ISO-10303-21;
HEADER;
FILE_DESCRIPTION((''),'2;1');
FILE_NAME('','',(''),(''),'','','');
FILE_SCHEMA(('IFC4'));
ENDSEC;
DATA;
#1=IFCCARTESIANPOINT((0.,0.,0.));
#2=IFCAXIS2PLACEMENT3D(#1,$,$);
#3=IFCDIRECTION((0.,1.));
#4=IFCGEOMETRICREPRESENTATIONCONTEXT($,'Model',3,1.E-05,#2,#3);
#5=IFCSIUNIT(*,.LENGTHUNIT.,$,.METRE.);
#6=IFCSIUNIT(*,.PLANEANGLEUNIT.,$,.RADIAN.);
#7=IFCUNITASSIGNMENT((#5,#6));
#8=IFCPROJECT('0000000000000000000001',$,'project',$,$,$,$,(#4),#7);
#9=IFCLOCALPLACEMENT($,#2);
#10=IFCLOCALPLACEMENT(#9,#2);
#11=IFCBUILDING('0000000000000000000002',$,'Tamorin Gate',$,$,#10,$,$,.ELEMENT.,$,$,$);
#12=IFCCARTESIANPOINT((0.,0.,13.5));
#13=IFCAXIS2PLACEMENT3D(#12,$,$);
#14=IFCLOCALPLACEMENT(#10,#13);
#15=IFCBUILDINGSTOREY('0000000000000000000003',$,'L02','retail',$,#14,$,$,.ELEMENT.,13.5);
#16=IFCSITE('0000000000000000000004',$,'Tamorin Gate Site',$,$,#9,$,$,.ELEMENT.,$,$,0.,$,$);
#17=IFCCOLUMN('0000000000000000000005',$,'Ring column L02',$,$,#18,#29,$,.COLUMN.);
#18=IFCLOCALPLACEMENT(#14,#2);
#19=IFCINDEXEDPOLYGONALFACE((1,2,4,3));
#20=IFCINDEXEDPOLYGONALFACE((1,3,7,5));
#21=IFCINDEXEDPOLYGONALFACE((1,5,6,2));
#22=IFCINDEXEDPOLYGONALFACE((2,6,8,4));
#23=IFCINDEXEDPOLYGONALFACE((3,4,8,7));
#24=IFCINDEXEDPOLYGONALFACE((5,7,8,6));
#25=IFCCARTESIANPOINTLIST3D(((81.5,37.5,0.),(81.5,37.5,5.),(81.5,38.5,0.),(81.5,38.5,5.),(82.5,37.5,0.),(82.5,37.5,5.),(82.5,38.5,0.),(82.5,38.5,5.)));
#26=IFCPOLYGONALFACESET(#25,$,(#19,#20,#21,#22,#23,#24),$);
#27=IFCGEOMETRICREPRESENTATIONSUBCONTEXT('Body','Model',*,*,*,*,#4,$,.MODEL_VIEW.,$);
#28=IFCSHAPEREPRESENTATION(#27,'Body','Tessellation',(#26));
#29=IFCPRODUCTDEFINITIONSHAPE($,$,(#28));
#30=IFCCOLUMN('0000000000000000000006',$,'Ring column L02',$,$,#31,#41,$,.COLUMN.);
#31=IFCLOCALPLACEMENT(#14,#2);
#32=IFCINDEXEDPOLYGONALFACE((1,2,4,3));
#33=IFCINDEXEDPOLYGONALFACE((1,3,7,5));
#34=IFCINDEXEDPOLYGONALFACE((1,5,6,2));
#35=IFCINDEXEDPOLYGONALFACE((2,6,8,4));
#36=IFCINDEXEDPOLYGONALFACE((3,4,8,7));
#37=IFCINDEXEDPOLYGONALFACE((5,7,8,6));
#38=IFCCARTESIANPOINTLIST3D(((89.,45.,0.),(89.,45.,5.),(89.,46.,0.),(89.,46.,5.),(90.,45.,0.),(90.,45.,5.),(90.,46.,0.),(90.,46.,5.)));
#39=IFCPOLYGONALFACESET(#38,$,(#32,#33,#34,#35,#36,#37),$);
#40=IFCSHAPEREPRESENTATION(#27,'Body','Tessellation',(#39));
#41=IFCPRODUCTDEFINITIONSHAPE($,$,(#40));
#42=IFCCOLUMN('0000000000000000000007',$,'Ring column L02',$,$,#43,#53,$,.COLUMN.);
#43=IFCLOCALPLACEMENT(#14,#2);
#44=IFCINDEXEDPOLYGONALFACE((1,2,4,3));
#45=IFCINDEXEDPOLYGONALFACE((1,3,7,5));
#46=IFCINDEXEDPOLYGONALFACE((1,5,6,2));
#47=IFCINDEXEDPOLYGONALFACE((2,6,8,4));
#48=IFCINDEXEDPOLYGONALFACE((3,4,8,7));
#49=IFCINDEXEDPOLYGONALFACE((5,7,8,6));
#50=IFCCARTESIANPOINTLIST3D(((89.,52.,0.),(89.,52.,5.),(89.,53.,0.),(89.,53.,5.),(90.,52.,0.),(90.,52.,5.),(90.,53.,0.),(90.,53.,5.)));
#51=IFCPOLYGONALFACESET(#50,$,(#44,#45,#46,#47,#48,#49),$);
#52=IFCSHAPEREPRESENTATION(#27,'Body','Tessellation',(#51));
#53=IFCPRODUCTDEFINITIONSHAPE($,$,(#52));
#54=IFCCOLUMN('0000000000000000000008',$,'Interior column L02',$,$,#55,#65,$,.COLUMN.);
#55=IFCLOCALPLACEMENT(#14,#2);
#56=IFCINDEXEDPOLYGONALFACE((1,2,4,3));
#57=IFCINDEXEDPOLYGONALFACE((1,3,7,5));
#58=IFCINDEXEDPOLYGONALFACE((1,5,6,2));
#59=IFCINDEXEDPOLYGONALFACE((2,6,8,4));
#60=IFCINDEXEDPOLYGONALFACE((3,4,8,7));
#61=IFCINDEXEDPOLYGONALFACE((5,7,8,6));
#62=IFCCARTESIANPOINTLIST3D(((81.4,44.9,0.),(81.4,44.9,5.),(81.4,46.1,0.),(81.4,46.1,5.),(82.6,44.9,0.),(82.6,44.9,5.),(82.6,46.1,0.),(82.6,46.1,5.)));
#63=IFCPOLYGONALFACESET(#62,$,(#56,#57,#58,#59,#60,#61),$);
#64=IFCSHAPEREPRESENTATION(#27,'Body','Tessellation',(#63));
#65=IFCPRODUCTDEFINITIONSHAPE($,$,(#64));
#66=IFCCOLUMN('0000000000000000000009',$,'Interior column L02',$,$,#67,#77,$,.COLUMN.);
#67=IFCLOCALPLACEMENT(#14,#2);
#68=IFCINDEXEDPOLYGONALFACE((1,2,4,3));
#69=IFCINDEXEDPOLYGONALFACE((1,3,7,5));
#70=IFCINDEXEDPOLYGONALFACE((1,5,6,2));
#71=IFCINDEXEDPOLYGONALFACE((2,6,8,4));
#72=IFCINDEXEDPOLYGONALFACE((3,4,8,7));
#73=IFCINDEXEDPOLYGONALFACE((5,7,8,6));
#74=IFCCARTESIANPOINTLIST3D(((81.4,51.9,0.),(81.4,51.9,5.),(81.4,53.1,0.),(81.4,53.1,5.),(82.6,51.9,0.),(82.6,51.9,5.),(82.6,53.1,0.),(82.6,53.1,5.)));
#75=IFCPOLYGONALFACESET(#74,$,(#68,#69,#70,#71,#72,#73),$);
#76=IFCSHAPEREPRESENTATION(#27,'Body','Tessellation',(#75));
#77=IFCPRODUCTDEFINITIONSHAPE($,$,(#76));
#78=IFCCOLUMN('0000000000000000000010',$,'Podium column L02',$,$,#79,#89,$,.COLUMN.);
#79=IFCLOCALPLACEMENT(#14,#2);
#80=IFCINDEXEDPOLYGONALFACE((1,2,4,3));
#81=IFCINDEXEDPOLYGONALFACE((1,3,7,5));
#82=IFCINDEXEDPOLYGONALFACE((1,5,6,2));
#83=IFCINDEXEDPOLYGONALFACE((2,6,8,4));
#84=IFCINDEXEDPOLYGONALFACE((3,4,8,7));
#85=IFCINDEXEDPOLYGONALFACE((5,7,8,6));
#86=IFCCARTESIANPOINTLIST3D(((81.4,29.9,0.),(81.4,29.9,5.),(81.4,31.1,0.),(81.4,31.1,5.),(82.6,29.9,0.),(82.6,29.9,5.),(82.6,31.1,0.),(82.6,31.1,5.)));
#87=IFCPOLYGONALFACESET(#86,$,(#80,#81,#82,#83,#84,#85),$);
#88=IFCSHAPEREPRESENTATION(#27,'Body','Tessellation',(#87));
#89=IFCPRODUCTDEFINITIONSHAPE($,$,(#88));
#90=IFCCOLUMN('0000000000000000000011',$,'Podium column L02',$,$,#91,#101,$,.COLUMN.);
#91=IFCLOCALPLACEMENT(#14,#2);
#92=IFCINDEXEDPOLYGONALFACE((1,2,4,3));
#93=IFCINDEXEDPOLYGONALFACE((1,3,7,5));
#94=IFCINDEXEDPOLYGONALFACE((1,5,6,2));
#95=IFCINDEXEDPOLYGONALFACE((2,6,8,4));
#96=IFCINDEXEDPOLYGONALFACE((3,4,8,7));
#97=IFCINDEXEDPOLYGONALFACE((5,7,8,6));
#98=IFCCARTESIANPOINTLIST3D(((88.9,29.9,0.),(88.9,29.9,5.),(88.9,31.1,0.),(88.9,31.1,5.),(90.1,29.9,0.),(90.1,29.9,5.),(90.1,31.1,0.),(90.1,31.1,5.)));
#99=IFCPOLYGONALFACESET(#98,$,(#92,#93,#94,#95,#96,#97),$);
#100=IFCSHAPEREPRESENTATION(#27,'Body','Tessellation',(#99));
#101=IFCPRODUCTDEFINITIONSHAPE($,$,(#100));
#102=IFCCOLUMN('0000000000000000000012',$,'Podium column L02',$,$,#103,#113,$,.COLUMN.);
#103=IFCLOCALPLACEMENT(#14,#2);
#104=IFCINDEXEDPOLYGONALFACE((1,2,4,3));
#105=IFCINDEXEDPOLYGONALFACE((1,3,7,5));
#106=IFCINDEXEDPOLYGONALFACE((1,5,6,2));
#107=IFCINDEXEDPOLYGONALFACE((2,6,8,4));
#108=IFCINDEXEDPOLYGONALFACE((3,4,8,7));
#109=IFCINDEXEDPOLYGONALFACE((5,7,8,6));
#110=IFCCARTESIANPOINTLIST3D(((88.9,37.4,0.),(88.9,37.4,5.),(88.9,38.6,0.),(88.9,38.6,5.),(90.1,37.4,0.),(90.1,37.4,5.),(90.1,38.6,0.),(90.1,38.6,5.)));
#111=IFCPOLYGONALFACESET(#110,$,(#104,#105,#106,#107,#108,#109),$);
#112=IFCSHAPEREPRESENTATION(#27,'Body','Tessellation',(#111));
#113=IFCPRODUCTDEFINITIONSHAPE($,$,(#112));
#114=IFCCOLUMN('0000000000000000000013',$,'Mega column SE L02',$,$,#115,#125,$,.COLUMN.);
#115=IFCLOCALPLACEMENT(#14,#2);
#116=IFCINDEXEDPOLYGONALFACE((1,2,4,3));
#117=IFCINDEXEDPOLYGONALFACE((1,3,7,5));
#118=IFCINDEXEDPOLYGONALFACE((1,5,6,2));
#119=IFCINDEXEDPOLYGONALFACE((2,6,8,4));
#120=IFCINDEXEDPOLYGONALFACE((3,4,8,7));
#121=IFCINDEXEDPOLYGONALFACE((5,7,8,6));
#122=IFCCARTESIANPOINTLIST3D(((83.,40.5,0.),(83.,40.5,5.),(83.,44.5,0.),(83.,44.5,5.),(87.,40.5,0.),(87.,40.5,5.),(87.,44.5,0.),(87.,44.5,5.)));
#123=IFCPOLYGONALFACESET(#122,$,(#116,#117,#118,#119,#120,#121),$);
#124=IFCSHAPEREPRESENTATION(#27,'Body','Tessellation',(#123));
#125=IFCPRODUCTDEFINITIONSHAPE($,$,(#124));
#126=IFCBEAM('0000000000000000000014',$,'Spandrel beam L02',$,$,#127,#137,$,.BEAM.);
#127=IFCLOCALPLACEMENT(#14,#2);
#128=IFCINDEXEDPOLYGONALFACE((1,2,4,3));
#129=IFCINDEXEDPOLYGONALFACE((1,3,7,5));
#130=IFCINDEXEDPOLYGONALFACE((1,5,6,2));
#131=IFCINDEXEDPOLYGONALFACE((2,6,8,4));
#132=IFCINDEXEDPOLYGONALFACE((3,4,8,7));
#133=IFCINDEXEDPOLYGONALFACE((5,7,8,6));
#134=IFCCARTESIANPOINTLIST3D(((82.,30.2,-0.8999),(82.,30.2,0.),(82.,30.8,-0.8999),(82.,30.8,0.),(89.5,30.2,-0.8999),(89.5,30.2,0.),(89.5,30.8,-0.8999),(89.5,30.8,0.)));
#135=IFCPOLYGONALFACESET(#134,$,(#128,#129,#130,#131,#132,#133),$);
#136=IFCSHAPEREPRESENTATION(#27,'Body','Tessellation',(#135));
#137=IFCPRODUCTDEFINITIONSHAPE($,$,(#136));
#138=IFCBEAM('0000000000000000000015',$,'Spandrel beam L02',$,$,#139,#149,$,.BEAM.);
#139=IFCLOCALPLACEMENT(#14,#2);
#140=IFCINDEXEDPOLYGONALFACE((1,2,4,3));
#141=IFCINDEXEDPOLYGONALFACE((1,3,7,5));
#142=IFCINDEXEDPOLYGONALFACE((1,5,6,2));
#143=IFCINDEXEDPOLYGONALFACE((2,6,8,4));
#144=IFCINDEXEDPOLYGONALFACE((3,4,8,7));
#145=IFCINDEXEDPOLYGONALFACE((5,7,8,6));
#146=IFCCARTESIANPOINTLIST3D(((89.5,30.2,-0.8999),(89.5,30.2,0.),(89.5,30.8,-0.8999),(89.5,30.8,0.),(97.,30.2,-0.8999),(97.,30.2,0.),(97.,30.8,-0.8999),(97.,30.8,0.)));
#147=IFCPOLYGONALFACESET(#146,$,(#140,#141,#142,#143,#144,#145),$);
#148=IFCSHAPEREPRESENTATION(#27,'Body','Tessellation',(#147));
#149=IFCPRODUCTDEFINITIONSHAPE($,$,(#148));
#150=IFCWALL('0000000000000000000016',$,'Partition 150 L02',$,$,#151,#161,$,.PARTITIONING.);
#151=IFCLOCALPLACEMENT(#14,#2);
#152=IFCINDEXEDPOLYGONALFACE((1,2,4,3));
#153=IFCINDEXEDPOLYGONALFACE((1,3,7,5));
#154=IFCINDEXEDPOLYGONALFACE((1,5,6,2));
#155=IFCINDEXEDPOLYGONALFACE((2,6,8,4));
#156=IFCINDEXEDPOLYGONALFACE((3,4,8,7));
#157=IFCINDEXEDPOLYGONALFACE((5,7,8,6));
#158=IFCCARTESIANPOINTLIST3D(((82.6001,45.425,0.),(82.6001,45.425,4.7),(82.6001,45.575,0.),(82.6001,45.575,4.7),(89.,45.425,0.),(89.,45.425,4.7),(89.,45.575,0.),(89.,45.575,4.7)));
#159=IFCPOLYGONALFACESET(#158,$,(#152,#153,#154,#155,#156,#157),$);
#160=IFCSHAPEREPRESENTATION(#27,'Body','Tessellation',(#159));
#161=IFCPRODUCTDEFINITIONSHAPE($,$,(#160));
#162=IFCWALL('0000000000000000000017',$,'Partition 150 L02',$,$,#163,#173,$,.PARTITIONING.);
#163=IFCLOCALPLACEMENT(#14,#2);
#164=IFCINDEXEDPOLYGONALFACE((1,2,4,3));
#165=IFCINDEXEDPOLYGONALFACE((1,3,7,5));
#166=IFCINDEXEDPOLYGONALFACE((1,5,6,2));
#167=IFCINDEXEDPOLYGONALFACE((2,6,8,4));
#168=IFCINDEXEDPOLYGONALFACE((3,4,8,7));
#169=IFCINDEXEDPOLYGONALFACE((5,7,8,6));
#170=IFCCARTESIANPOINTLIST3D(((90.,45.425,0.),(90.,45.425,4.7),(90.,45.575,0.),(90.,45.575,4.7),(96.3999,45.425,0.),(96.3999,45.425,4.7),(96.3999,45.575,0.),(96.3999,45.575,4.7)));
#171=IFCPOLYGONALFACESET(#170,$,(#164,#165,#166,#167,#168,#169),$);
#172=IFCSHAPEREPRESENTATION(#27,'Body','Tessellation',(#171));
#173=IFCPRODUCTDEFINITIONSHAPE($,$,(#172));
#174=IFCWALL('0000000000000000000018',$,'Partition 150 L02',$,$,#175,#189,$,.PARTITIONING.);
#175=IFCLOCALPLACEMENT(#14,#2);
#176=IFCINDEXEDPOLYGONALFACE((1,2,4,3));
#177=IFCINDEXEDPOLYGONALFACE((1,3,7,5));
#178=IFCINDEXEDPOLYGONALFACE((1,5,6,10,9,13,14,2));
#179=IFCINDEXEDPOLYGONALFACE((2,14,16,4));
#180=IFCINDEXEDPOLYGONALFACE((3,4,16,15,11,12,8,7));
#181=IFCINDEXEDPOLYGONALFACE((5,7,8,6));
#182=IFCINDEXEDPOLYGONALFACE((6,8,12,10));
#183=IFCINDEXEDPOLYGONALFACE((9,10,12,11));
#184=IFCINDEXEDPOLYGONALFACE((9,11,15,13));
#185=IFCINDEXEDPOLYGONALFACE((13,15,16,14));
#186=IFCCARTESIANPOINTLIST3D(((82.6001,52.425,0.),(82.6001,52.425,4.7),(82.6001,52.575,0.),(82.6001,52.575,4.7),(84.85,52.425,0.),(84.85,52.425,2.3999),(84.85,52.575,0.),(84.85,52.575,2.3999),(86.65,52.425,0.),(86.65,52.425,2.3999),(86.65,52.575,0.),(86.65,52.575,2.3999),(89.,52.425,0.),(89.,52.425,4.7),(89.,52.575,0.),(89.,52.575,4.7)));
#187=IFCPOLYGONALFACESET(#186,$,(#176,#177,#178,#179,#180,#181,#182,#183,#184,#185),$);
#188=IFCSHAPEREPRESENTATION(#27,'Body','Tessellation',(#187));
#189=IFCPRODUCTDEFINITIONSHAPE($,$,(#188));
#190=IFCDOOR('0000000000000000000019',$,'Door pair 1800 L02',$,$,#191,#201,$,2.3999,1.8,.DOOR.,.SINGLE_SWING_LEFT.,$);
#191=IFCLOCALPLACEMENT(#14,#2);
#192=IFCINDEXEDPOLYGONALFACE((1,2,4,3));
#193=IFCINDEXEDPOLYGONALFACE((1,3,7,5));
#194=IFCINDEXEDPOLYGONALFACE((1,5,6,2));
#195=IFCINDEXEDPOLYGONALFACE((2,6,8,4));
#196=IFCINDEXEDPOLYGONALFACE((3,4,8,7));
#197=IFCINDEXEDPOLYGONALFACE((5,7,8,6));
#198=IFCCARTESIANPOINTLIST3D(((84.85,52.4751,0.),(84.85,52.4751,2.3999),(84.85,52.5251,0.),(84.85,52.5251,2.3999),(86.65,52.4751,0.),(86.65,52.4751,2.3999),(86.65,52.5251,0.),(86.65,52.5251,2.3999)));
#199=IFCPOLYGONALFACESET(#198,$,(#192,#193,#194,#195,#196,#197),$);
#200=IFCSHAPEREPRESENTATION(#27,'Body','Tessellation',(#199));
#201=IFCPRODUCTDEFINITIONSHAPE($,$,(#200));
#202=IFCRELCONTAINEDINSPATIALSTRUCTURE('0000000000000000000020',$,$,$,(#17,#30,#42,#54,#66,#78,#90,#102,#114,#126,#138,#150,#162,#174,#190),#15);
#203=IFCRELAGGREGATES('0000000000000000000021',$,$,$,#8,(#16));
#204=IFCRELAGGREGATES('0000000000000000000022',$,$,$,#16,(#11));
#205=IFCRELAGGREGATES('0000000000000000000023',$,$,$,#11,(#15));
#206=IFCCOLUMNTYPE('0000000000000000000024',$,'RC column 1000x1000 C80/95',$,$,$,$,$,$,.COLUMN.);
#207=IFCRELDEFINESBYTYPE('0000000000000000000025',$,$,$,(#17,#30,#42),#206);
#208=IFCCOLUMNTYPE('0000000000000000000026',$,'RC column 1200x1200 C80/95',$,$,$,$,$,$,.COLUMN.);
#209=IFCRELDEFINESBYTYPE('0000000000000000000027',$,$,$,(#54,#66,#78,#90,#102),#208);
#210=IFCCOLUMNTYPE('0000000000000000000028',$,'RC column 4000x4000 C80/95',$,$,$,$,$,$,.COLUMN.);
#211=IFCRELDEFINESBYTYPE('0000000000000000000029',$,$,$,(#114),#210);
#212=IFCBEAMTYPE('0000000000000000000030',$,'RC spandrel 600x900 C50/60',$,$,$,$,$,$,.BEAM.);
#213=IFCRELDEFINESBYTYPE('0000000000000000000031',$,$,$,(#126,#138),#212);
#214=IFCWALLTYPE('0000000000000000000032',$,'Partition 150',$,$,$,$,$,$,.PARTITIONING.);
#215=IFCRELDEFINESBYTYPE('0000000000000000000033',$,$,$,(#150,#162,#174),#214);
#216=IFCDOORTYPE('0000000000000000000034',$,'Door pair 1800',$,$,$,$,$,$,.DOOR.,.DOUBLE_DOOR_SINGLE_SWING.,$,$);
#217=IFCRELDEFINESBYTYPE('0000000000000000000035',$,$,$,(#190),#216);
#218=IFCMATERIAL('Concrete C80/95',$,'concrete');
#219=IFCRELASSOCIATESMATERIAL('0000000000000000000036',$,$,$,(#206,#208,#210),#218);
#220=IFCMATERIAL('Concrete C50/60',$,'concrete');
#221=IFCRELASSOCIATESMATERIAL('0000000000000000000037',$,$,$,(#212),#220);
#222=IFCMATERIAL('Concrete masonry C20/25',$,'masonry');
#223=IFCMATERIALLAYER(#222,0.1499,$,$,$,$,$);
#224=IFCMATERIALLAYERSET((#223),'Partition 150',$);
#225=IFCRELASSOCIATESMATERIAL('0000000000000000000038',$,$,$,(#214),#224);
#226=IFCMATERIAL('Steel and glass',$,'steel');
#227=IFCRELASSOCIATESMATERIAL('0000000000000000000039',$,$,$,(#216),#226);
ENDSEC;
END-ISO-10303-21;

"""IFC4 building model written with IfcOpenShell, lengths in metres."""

from ifc_helpers import new_model, si_unit, direction, frame, frame_2d, origin, origin_2d, place, context, subcontext, project, spatial, rectangle, extrude, material, layer, layer_set, material_profile, profile_set, type_object, element, fill, save


model = new_model("IFC4")

# Units and contexts
model_context = context("Model", 3, precision=1e-05, world=origin(), true_north=direction((0.0, 1.0)))
body_context = subcontext(model_context, "Body", "Model", "MODEL_VIEW")
ifc_project = project(units=[si_unit("LENGTHUNIT", "METRE"), si_unit("PLANEANGLEUNIT", "RADIAN")], contexts=[model_context])

# Site, building, storey
site_placement = place(None, origin())
site = spatial("IfcSite", under=ifc_project, at=site_placement, Name="Tamorin Gate Site", CompositionType="ELEMENT", RefElevation=0.0)
building_placement = place(site_placement, origin())
building = spatial("IfcBuilding", under=site, at=building_placement, Name="Tamorin Gate", CompositionType="ELEMENT")
storey_placement = place(building_placement, frame((0.0, 0.0, 13.5)))
storey = spatial("IfcBuildingStorey", under=building, at=storey_placement, Name="L02", Description="retail", CompositionType="ELEMENT", Elevation=13.5)

# Columns
ifc_material_1 = material(Name="Concrete C80/95", Category="concrete")
ifc_material_profile_1 = material_profile(ifc_material_1, rectangle(XDim=1.0, YDim=1.0, at=origin_2d()), Name="RC 1000x1000")
ifc_profile_set_1 = profile_set([ifc_material_profile_1], Name="Concrete C80/95")
column_type_1 = type_object("IfcColumnType", Name="RC column 1000x1000 C80/95", PredefinedType="COLUMN", material=ifc_profile_set_1)
for number, where, z_axis, x_axis, name in (
    (1, (82.0, 38.0, 0.0), (0.0, 0.0, 1.0), (1.0, 0.0, 0.0), "Ring column L02"),
    (2, (89.5, 45.5, 0.0), (0.0, 0.0, 1.0), (1.0, 0.0, 0.0), "Ring column L02"),
    (3, (89.5, 52.5, 0.0), (0.0, 0.0, 1.0), (1.0, 0.0, 0.0), "Ring column L02"),
):
    element("IfcColumn", number, at=place(storey_placement, frame(where, z_axis=z_axis, x_axis=x_axis)), inside=storey, type_object=column_type_1, Name=name, PredefinedType="COLUMN", context=body_context, shape_type="SweptSolid", body=[
        extrude(rectangle(XDim=1.0, YDim=1.0, at=origin_2d()), origin(), (0.0, 0.0, 1.0), 5.0),
    ])
ifc_material_profile_2 = material_profile(ifc_material_1, rectangle(XDim=1.2, YDim=1.2, at=origin_2d()), Name="RC 1200x1200")
ifc_profile_set_2 = profile_set([ifc_material_profile_2], Name="Concrete C80/95")
column_type_2 = type_object("IfcColumnType", Name="RC column 1200x1200 C80/95", PredefinedType="COLUMN", material=ifc_profile_set_2)
for number, where, z_axis, x_axis, name in (
    (4, (82.0, 45.5, 0.0), (0.0, 0.0, 1.0), (1.0, 0.0, 0.0), "Interior column L02"),
    (5, (82.0, 52.5, 0.0), (0.0, 0.0, 1.0), (1.0, 0.0, 0.0), "Interior column L02"),
    (6, (82.0, 30.5, 0.0), (0.0, 0.0, 1.0), (1.0, 0.0, 0.0), "Podium column L02"),
    (7, (89.5, 30.5, 0.0), (0.0, 0.0, 1.0), (1.0, 0.0, 0.0), "Podium column L02"),
    (8, (89.5, 38.0, 0.0), (0.0, 0.0, 1.0), (1.0, 0.0, 0.0), "Podium column L02"),
):
    element("IfcColumn", number, at=place(storey_placement, frame(where, z_axis=z_axis, x_axis=x_axis)), inside=storey, type_object=column_type_2, Name=name, PredefinedType="COLUMN", context=body_context, shape_type="SweptSolid", body=[
        extrude(rectangle(XDim=1.2, YDim=1.2, at=origin_2d()), origin(), (0.0, 0.0, 1.0), 5.0),
    ])
ifc_material_profile_3 = material_profile(ifc_material_1, rectangle(XDim=4.0, YDim=4.0, at=origin_2d()), Name="RC 4000x4000")
ifc_profile_set_3 = profile_set([ifc_material_profile_3], Name="Concrete C80/95")
column_type_3 = type_object("IfcColumnType", Name="RC column 4000x4000 C80/95", PredefinedType="COLUMN", material=ifc_profile_set_3)
column_placement = place(storey_placement, frame((85.0, 42.5, 0.0), z_axis=(0.0, 0.0, 1.0), x_axis=(1.0, 0.0, 0.0)))
element("IfcColumn", 9, at=column_placement, inside=storey, type_object=column_type_3, Name="Mega column SE L02", PredefinedType="COLUMN", context=body_context, shape_type="SweptSolid", body=[
    extrude(rectangle(XDim=4.0, YDim=4.0, at=origin_2d()), origin(), (0.0, 0.0, 1.0), 5.0),
])

# Beams
ifc_material_2 = material(Name="Concrete C50/60", Category="concrete")
ifc_material_profile_4 = material_profile(ifc_material_2, rectangle(XDim=0.6001, YDim=0.8999, at=origin_2d()), Name="RC 600x900")
ifc_profile_set_4 = profile_set([ifc_material_profile_4], Name="Concrete C50/60")
beam_type = type_object("IfcBeamType", Name="RC spandrel 600x900 C50/60", PredefinedType="BEAM", material=ifc_profile_set_4)
for number, where, z_axis, x_axis, name in (
    (10, (82.0, 30.5, -0.45), (1.0, 0.0, 0.0), (0.0, 1.0, 0.0), "Spandrel beam L02"),
    (11, (89.5, 30.5, -0.45), (1.0, 0.0, 0.0), (0.0, 1.0, 0.0), "Spandrel beam L02"),
):
    element("IfcBeam", number, at=place(storey_placement, frame(where, z_axis=z_axis, x_axis=x_axis)), inside=storey, type_object=beam_type, Name=name, PredefinedType="BEAM", context=body_context, shape_type="SweptSolid", body=[
        extrude(rectangle(XDim=0.6001, YDim=0.8999, at=origin_2d()), origin(), (0.0, 0.0, 1.0), 7.5),
    ])

# Shared definitions
ifc_material_3 = material(Name="Concrete masonry C20/25", Category="masonry")
ifc_layer_1 = layer(ifc_material_3, 0.1499)
ifc_layer_set_1 = layer_set([ifc_layer_1], Name="Partition 150")
wall_type_1 = type_object("IfcWallType", Name="Partition 150", PredefinedType="PARTITIONING", material=ifc_layer_set_1)
ifc_material_4 = material(Name="Steel and glass", Category="steel")
door_type = type_object("IfcDoorType", Name="Door pair 1800", OperationType="DOUBLE_DOOR_SINGLE_SWING", PredefinedType="DOOR", material=ifc_material_4)

# Walls
for number, where, z_axis, x_axis, name in (
    (12, (82.6001, 45.5, 0.0), (0.0, 0.0, 1.0), (1.0, 0.0, 0.0), "Partition 150 L02"),
    (13, (90.0, 45.5, 0.0), (0.0, 0.0, 1.0), (1.0, 0.0, 0.0), "Partition 150 L02"),
):
    element("IfcWall", number, at=place(storey_placement, frame(where, z_axis=z_axis, x_axis=x_axis)), inside=storey, type_object=wall_type_1, Name=name, PredefinedType="PARTITIONING", context=body_context, shape_type="SweptSolid", body=[
        extrude(rectangle(XDim=6.3999, YDim=0.1499, at=frame_2d((3.2, 0.0))), origin(), (0.0, 0.0, 1.0), 4.7),
    ])

# Wall, opening, door
wall_1_placement = place(storey_placement, frame((89.0, 52.5, 0.0), z_axis=(0.0, 0.0, 1.0), x_axis=(-1.0, 0.0, 0.0)))
wall_1 = element("IfcWall", 14, at=wall_1_placement, inside=storey, type_object=wall_type_1, Name="Partition 150 L02", PredefinedType="PARTITIONING", context=body_context, shape_type="SweptSolid", body=[
    extrude(rectangle(XDim=6.3999, YDim=0.1499, at=frame_2d((3.2, 0.0))), origin(), (0.0, 0.0, 1.0), 4.7),
])
opening_1_placement = place(wall_1_placement, frame((2.3501, 0.0, 0.0)))
opening_1 = element("IfcOpeningElement", 15, at=opening_1_placement, cuts=wall_1, PredefinedType="OPENING", context=body_context, shape_type="SweptSolid", body=[
    extrude(rectangle(XDim=1.8, YDim=2.3999, at=frame_2d((0.8999, 1.2))), frame((0.0, 0.085, 0.0), z_axis=(0.0, -1.0, 0.0), x_axis=(1.0, 0.0, 0.0)), (0.0, 0.0, 1.0), 0.1699),
])
door_1_placement = place(opening_1_placement, origin())
door_1 = element("IfcDoor", 16, at=door_1_placement, inside=storey, type_object=door_type, Name="Door pair 1800 L02", OperationType="SINGLE_SWING_LEFT", OverallHeight=2.3999, OverallWidth=1.8, PredefinedType="DOOR", context=body_context, shape_type="SweptSolid", body=[
    extrude(rectangle(XDim=1.8, YDim=2.3999, at=frame_2d((0.8999, 1.2))), frame((0.0, 0.0249, 0.0), z_axis=(0.0, -1.0, 0.0), x_axis=(1.0, 0.0, 0.0)), (0.0, 0.0, 1.0), 0.05),
])
fill(opening_1, door_1)

save(model, "model.ifc")
